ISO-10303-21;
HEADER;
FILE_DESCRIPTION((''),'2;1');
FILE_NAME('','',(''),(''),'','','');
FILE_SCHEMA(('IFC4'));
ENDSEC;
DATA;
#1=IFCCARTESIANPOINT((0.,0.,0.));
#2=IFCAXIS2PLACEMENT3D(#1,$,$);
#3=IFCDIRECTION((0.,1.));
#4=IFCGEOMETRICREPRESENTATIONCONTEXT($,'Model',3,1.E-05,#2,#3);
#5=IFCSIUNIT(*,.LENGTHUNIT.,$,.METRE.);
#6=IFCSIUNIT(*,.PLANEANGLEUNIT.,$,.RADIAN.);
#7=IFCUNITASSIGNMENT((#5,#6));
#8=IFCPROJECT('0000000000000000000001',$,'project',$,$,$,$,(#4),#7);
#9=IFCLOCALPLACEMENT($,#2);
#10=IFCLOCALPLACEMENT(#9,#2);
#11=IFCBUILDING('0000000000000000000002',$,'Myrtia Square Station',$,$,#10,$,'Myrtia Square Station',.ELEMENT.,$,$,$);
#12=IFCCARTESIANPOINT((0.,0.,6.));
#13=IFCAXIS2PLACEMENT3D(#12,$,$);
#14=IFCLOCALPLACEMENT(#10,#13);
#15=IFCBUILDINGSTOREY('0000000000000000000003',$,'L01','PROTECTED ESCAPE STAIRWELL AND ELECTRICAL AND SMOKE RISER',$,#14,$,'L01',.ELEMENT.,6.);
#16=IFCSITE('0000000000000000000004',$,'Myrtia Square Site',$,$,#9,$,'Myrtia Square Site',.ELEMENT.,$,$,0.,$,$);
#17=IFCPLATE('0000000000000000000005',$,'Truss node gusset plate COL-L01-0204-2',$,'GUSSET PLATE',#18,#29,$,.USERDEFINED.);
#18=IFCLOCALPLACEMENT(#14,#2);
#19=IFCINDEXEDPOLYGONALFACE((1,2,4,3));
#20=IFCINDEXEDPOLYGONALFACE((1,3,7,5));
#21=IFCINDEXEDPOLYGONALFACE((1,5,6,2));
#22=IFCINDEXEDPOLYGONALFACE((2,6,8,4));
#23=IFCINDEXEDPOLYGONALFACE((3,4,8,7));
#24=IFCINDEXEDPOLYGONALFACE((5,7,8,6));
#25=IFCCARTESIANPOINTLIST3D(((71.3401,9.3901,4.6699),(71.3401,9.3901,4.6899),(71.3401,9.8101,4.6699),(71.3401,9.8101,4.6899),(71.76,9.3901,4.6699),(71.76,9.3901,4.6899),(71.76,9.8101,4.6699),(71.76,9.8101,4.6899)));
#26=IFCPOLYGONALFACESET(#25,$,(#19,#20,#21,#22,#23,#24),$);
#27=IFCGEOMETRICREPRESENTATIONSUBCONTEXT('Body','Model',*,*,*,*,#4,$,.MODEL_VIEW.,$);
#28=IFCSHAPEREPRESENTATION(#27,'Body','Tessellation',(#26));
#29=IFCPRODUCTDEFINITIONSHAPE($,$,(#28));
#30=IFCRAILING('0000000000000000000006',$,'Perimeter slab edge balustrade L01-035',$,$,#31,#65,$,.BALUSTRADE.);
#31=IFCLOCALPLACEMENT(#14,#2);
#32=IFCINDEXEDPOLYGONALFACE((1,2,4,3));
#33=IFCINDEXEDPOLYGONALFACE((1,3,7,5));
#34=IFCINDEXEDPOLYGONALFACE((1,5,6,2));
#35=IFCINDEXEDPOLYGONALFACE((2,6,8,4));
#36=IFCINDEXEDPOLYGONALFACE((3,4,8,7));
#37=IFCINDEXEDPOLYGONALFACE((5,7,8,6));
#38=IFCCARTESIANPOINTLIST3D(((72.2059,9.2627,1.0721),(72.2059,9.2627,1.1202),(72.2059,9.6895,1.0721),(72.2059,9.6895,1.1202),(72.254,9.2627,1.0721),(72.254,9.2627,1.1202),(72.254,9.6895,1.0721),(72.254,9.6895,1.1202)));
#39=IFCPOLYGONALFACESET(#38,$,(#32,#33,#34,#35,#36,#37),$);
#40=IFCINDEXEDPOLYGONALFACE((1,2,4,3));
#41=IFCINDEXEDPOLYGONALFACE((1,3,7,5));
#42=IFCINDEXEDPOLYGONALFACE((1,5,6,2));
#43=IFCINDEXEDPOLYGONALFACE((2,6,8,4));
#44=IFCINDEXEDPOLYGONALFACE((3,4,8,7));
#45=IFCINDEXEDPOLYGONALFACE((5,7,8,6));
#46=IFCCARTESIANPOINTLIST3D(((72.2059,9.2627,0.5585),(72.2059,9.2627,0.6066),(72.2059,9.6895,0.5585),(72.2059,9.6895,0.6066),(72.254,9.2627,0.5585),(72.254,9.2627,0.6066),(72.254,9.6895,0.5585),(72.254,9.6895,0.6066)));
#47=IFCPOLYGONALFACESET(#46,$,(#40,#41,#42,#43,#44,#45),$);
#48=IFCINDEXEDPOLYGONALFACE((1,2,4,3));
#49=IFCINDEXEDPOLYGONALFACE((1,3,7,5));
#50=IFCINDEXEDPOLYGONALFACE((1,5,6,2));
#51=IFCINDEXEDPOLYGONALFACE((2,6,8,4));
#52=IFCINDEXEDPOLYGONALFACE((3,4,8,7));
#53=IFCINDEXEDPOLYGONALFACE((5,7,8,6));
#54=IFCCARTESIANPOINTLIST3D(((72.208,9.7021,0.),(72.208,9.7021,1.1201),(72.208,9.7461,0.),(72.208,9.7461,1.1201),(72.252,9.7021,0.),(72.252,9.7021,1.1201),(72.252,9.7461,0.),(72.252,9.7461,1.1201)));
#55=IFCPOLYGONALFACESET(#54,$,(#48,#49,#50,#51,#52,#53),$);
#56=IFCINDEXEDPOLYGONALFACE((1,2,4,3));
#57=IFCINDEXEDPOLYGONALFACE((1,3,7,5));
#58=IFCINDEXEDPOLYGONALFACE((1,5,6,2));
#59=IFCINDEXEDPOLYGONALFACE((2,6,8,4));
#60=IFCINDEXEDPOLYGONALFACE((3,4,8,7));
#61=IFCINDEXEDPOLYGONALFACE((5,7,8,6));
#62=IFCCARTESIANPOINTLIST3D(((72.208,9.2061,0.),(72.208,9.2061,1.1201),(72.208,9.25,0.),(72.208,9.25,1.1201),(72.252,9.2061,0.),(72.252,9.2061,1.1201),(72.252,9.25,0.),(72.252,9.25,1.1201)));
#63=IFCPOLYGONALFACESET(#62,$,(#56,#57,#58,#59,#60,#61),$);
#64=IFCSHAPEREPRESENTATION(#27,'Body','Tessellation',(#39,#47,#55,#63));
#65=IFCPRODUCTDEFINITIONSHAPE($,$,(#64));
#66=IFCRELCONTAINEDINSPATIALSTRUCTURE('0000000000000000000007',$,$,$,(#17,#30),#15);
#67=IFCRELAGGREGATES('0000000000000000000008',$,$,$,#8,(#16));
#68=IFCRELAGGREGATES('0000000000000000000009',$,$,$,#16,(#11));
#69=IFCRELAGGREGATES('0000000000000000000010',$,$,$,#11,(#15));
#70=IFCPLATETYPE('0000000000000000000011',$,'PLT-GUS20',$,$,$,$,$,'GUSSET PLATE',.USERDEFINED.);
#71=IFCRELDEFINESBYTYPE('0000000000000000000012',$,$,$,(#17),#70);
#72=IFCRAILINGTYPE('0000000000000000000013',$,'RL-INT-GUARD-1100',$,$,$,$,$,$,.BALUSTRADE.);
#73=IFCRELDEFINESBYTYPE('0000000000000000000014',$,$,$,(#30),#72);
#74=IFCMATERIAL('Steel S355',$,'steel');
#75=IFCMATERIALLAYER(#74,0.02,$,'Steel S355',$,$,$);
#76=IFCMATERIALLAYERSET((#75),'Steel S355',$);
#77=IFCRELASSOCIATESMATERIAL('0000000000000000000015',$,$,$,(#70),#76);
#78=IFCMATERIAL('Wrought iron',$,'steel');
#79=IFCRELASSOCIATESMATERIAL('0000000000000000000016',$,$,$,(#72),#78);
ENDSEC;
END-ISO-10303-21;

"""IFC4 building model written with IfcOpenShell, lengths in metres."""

from ifc_helpers import new_model, si_unit, direction, frame, origin, origin_2d, place, context, subcontext, project, spatial, rectangle, extrude, material, layer, layer_set, type_object, element, save


model = new_model("IFC4")

# Units and contexts
model_context = context("Model", 3, precision=1e-05, world=origin(), true_north=direction((0.0, 1.0)))
body_context = subcontext(model_context, "Body", "Model", "MODEL_VIEW")
ifc_project = project(units=[si_unit("LENGTHUNIT", "METRE"), si_unit("PLANEANGLEUNIT", "RADIAN")], contexts=[model_context])

# Site, building, storey
site_placement = place(None, origin())
site = spatial("IfcSite", under=ifc_project, at=site_placement, Name="Myrtia Square Site", LongName="Myrtia Square Site", CompositionType="ELEMENT", RefElevation=0.0)
building_placement = place(site_placement, origin())
building = spatial("IfcBuilding", under=site, at=building_placement, Name="Myrtia Square Station", LongName="Myrtia Square Station", CompositionType="ELEMENT")
storey_placement = place(building_placement, frame((0.0, 0.0, 6.0)))
storey = spatial("IfcBuildingStorey", under=building, at=storey_placement, Name="L01", Description="PROTECTED ESCAPE STAIRWELL AND ELECTRICAL AND SMOKE RISER", LongName="L01", CompositionType="ELEMENT", Elevation=6.0)

# Shared definitions
ifc_material_1 = material(Name="Steel S355", Category="steel")

# Plate
ifc_layer_1 = layer(ifc_material_1, 0.02, Name="Steel S355")
ifc_layer_set_1 = layer_set([ifc_layer_1], Name="Steel S355")
plate_type_1 = type_object("IfcPlateType", Name="PLT-GUS20", ElementType="GUSSET PLATE", PredefinedType="USERDEFINED", material=ifc_layer_set_1)
plate_1_placement = place(storey_placement, frame((71.55, 9.6001, 4.6699), z_axis=(0.0, 0.0, 1.0), x_axis=(1.0, 0.0, 0.0)))
element("IfcPlate", 1, at=plate_1_placement, inside=storey, type_object=plate_type_1, Name="Truss node gusset plate COL-L01-0204-2", ObjectType="GUSSET PLATE", PredefinedType="USERDEFINED", context=body_context, shape_type="SweptSolid", body=[
    extrude(rectangle(XDim=0.4199, YDim=0.4199, at=origin_2d()), origin(), (0.0, 0.0, 1.0), 0.02),
])

# Railing
ifc_material_2 = material(Name="Wrought iron", Category="steel")
railing_type = type_object("IfcRailingType", Name="RL-INT-GUARD-1100", PredefinedType="BALUSTRADE", material=ifc_material_2)
railing_placement = place(storey_placement, frame((72.23, 9.7241, 0.0)))
element("IfcRailing", 2, at=railing_placement, inside=storey, type_object=railing_type, Name="Perimeter slab edge balustrade L01-035", PredefinedType="BALUSTRADE", context=body_context, shape_type="SweptSolid", body=[
    extrude(rectangle(XDim=0.0481, YDim=0.0481, at=origin_2d()), frame((0.0, -0.0347, 1.0962), z_axis=(0.0, -1.0, 0.0), x_axis=(1.0, 0.0, 0.0)), (0.0, 0.0, 1.0), 0.4268),
    extrude(rectangle(XDim=0.0481, YDim=0.0481, at=origin_2d()), frame((0.0, -0.0347, 0.5825), z_axis=(0.0, -1.0, 0.0), x_axis=(1.0, 0.0, 0.0)), (0.0, 0.0, 1.0), 0.4268),
    extrude(rectangle(XDim=0.0439, YDim=0.0439, at=origin_2d()), origin(), (0.0, 0.0, 1.0), 1.1201),
    extrude(rectangle(XDim=0.0439, YDim=0.0439, at=origin_2d()), frame((0.0, -0.4961, 0.0)), (0.0, 0.0, 1.0), 1.1201),
])

save(model, "model.ifc")
